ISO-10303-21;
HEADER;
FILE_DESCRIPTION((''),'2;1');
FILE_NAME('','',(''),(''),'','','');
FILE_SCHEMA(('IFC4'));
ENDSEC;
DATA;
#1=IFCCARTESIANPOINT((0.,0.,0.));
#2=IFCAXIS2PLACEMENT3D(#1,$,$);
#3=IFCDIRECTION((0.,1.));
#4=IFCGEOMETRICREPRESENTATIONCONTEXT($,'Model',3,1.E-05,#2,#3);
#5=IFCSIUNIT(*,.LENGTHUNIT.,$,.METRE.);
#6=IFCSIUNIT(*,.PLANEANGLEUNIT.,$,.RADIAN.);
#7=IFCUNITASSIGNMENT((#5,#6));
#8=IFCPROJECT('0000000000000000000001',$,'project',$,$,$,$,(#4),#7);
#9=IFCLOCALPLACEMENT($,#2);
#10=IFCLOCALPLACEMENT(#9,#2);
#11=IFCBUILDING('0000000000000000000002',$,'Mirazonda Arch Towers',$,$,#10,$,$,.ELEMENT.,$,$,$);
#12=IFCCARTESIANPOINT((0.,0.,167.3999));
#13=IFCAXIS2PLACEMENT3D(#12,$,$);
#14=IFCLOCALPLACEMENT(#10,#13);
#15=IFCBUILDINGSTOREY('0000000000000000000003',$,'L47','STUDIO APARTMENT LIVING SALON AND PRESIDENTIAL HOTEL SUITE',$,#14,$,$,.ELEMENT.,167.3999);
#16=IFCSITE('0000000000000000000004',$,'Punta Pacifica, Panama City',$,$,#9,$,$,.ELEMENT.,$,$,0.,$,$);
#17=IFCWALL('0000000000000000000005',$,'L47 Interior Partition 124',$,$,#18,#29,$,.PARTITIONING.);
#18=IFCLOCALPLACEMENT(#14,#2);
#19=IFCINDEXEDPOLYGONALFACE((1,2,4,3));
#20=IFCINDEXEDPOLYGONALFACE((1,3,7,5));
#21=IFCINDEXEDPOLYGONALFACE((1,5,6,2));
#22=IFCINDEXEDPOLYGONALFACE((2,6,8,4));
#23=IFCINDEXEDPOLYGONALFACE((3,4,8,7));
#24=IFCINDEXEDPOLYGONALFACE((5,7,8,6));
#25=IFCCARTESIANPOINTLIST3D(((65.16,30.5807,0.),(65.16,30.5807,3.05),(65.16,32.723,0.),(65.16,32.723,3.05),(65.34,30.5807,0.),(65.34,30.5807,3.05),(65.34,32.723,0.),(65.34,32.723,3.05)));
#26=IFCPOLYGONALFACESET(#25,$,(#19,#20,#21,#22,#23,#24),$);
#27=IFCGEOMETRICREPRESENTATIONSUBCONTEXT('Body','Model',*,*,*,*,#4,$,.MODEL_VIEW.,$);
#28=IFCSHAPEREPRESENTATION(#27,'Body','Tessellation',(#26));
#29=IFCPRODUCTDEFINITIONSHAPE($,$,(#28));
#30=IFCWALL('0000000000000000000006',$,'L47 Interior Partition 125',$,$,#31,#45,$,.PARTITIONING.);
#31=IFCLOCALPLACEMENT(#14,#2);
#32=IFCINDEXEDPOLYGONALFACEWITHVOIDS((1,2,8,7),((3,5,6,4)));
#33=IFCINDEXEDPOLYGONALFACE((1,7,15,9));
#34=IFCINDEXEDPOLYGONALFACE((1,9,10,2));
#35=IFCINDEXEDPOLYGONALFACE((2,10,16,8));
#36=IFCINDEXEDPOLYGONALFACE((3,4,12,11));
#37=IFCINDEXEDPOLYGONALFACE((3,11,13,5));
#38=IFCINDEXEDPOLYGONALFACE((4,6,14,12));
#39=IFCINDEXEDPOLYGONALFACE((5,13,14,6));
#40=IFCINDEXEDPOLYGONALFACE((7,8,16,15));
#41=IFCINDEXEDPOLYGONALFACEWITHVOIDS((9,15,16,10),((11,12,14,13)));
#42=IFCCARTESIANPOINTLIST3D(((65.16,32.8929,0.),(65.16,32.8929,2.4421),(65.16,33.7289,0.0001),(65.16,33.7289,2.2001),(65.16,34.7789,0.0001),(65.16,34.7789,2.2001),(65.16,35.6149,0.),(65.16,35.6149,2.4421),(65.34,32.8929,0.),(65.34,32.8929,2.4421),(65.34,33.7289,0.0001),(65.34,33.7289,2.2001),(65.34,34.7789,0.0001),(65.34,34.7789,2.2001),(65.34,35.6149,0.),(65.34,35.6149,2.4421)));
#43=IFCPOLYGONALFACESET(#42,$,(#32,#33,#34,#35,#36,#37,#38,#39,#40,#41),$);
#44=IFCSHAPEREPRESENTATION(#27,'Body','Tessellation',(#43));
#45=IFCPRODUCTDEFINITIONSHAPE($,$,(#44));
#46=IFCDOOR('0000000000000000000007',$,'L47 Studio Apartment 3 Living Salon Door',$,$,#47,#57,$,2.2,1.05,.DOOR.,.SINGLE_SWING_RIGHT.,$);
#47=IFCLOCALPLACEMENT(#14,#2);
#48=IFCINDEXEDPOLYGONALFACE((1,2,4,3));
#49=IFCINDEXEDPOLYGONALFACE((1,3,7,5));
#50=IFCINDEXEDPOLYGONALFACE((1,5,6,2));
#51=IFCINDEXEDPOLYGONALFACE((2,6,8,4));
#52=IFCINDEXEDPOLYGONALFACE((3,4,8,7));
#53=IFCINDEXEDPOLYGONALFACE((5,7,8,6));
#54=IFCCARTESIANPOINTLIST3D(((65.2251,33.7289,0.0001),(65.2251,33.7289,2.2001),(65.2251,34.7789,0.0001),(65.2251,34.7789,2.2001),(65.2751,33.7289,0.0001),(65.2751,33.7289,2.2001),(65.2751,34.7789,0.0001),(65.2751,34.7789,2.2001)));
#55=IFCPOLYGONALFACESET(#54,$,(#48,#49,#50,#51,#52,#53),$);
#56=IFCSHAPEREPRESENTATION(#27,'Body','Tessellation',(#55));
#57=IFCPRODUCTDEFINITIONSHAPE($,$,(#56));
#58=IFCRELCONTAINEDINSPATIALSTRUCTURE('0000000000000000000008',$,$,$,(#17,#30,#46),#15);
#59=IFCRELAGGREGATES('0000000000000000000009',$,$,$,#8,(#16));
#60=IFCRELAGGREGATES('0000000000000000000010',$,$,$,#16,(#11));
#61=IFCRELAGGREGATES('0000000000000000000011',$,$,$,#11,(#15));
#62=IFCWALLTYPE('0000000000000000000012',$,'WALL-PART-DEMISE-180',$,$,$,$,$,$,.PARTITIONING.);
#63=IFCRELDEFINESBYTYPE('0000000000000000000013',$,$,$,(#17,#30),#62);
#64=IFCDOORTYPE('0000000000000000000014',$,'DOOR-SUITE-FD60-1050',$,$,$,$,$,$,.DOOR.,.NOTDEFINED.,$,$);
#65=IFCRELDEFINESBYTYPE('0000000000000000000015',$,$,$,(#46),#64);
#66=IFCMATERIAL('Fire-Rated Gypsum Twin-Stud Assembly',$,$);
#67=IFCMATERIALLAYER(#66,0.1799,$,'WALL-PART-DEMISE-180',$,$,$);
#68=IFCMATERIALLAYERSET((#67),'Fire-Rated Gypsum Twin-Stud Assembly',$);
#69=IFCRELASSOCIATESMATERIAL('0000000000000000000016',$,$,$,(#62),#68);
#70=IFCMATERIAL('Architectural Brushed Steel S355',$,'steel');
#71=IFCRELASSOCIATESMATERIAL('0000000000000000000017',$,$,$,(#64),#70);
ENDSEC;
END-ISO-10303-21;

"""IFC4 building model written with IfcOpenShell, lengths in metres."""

from ifc_helpers import new_model, si_unit, direction, frame, frame_2d, origin, place, context, subcontext, project, spatial, rectangle, extrude, material, layer, layer_set, type_object, element, fill, save


model = new_model("IFC4")

# Units and contexts
model_context = context("Model", 3, precision=1e-05, world=origin(), true_north=direction((0.0, 1.0)))
body_context = subcontext(model_context, "Body", "Model", "MODEL_VIEW")
ifc_project = project(units=[si_unit("LENGTHUNIT", "METRE"), si_unit("PLANEANGLEUNIT", "RADIAN")], contexts=[model_context])

# Site, building, storey
site_placement = place(None, origin())
site = spatial("IfcSite", under=ifc_project, at=site_placement, Name="Punta Pacifica, Panama City", CompositionType="ELEMENT", RefElevation=0.0)
building_placement = place(site_placement, origin())
building = spatial("IfcBuilding", under=site, at=building_placement, Name="Mirazonda Arch Towers", CompositionType="ELEMENT")
storey_placement = place(building_placement, frame((0.0, 0.0, 167.3999)))
storey = spatial("IfcBuildingStorey", under=building, at=storey_placement, Name="L47", Description="STUDIO APARTMENT LIVING SALON AND PRESIDENTIAL HOTEL SUITE", CompositionType="ELEMENT", Elevation=167.3999)

# Shared definitions
ifc_material_1 = material(Name="Architectural Brushed Steel S355", Category="steel")

# Wall
ifc_material_2 = material(Name="Fire-Rated Gypsum Twin-Stud Assembly")
ifc_layer_1 = layer(ifc_material_2, 0.1799, Name="WALL-PART-DEMISE-180")
ifc_layer_set_1 = layer_set([ifc_layer_1], Name="Fire-Rated Gypsum Twin-Stud Assembly")
wall_type_1 = type_object("IfcWallType", Name="WALL-PART-DEMISE-180", PredefinedType="PARTITIONING", material=ifc_layer_set_1)
wall_1_placement = place(storey_placement, frame((65.25, 30.5806, 0.0), z_axis=(0.0, 0.0, 1.0), x_axis=(0.0, 1.0, 0.0)))
element("IfcWall", 1, at=wall_1_placement, inside=storey, type_object=wall_type_1, Name="L47 Interior Partition 124", PredefinedType="PARTITIONING", context=body_context, shape_type="SweptSolid", body=[
    extrude(rectangle(XDim=2.1423, YDim=0.1799, at=frame_2d((1.0713, 0.0))), origin(), (0.0, 0.0, 1.0), 3.05),
])

# Wall, opening, door
wall_2_placement = place(storey_placement, frame((65.25, 32.8931, 0.0), z_axis=(0.0, 0.0, 1.0), x_axis=(0.0, 1.0, 0.0)))
wall_2 = element("IfcWall", 2, at=wall_2_placement, inside=storey, type_object=wall_type_1, Name="L47 Interior Partition 125", PredefinedType="PARTITIONING", context=body_context, shape_type="SweptSolid", body=[
    extrude(rectangle(XDim=2.7219, YDim=0.1799, at=frame_2d((1.3608, 0.0))), origin(), (0.0, 0.0, 1.0), 2.4421),
])
opening_1_placement = place(wall_2_placement, frame((0.8359, 0.0, 0.0)))
opening_1 = element("IfcOpeningElement", 3, at=opening_1_placement, cuts=wall_2, PredefinedType="OPENING", context=body_context, shape_type="SweptSolid", body=[
    extrude(rectangle(XDim=1.05, YDim=2.2, at=frame_2d((0.5249, 1.1001))), frame((0.0, 0.0999, 0.0), z_axis=(0.0, -1.0, 0.0), x_axis=(1.0, 0.0, 0.0)), (0.0, 0.0, 1.0), 0.2),
])
door_type_1 = type_object("IfcDoorType", Name="DOOR-SUITE-FD60-1050", OperationType="NOTDEFINED", PredefinedType="DOOR", material=ifc_material_1)
door_1_placement = place(opening_1_placement, origin())
door_1 = element("IfcDoor", 4, at=door_1_placement, inside=storey, type_object=door_type_1, Name="L47 Studio Apartment 3 Living Salon Door", OperationType="SINGLE_SWING_RIGHT", OverallHeight=2.2, OverallWidth=1.05, PredefinedType="DOOR", context=body_context, shape_type="SweptSolid", body=[
    extrude(rectangle(XDim=1.05, YDim=2.2, at=frame_2d((0.5249, 1.1001))), frame((0.0, 0.0249, 0.0), z_axis=(0.0, -1.0, 0.0), x_axis=(1.0, 0.0, 0.0)), (0.0, 0.0, 1.0), 0.05),
])
fill(opening_1, door_1)

save(model, "model.ifc")
